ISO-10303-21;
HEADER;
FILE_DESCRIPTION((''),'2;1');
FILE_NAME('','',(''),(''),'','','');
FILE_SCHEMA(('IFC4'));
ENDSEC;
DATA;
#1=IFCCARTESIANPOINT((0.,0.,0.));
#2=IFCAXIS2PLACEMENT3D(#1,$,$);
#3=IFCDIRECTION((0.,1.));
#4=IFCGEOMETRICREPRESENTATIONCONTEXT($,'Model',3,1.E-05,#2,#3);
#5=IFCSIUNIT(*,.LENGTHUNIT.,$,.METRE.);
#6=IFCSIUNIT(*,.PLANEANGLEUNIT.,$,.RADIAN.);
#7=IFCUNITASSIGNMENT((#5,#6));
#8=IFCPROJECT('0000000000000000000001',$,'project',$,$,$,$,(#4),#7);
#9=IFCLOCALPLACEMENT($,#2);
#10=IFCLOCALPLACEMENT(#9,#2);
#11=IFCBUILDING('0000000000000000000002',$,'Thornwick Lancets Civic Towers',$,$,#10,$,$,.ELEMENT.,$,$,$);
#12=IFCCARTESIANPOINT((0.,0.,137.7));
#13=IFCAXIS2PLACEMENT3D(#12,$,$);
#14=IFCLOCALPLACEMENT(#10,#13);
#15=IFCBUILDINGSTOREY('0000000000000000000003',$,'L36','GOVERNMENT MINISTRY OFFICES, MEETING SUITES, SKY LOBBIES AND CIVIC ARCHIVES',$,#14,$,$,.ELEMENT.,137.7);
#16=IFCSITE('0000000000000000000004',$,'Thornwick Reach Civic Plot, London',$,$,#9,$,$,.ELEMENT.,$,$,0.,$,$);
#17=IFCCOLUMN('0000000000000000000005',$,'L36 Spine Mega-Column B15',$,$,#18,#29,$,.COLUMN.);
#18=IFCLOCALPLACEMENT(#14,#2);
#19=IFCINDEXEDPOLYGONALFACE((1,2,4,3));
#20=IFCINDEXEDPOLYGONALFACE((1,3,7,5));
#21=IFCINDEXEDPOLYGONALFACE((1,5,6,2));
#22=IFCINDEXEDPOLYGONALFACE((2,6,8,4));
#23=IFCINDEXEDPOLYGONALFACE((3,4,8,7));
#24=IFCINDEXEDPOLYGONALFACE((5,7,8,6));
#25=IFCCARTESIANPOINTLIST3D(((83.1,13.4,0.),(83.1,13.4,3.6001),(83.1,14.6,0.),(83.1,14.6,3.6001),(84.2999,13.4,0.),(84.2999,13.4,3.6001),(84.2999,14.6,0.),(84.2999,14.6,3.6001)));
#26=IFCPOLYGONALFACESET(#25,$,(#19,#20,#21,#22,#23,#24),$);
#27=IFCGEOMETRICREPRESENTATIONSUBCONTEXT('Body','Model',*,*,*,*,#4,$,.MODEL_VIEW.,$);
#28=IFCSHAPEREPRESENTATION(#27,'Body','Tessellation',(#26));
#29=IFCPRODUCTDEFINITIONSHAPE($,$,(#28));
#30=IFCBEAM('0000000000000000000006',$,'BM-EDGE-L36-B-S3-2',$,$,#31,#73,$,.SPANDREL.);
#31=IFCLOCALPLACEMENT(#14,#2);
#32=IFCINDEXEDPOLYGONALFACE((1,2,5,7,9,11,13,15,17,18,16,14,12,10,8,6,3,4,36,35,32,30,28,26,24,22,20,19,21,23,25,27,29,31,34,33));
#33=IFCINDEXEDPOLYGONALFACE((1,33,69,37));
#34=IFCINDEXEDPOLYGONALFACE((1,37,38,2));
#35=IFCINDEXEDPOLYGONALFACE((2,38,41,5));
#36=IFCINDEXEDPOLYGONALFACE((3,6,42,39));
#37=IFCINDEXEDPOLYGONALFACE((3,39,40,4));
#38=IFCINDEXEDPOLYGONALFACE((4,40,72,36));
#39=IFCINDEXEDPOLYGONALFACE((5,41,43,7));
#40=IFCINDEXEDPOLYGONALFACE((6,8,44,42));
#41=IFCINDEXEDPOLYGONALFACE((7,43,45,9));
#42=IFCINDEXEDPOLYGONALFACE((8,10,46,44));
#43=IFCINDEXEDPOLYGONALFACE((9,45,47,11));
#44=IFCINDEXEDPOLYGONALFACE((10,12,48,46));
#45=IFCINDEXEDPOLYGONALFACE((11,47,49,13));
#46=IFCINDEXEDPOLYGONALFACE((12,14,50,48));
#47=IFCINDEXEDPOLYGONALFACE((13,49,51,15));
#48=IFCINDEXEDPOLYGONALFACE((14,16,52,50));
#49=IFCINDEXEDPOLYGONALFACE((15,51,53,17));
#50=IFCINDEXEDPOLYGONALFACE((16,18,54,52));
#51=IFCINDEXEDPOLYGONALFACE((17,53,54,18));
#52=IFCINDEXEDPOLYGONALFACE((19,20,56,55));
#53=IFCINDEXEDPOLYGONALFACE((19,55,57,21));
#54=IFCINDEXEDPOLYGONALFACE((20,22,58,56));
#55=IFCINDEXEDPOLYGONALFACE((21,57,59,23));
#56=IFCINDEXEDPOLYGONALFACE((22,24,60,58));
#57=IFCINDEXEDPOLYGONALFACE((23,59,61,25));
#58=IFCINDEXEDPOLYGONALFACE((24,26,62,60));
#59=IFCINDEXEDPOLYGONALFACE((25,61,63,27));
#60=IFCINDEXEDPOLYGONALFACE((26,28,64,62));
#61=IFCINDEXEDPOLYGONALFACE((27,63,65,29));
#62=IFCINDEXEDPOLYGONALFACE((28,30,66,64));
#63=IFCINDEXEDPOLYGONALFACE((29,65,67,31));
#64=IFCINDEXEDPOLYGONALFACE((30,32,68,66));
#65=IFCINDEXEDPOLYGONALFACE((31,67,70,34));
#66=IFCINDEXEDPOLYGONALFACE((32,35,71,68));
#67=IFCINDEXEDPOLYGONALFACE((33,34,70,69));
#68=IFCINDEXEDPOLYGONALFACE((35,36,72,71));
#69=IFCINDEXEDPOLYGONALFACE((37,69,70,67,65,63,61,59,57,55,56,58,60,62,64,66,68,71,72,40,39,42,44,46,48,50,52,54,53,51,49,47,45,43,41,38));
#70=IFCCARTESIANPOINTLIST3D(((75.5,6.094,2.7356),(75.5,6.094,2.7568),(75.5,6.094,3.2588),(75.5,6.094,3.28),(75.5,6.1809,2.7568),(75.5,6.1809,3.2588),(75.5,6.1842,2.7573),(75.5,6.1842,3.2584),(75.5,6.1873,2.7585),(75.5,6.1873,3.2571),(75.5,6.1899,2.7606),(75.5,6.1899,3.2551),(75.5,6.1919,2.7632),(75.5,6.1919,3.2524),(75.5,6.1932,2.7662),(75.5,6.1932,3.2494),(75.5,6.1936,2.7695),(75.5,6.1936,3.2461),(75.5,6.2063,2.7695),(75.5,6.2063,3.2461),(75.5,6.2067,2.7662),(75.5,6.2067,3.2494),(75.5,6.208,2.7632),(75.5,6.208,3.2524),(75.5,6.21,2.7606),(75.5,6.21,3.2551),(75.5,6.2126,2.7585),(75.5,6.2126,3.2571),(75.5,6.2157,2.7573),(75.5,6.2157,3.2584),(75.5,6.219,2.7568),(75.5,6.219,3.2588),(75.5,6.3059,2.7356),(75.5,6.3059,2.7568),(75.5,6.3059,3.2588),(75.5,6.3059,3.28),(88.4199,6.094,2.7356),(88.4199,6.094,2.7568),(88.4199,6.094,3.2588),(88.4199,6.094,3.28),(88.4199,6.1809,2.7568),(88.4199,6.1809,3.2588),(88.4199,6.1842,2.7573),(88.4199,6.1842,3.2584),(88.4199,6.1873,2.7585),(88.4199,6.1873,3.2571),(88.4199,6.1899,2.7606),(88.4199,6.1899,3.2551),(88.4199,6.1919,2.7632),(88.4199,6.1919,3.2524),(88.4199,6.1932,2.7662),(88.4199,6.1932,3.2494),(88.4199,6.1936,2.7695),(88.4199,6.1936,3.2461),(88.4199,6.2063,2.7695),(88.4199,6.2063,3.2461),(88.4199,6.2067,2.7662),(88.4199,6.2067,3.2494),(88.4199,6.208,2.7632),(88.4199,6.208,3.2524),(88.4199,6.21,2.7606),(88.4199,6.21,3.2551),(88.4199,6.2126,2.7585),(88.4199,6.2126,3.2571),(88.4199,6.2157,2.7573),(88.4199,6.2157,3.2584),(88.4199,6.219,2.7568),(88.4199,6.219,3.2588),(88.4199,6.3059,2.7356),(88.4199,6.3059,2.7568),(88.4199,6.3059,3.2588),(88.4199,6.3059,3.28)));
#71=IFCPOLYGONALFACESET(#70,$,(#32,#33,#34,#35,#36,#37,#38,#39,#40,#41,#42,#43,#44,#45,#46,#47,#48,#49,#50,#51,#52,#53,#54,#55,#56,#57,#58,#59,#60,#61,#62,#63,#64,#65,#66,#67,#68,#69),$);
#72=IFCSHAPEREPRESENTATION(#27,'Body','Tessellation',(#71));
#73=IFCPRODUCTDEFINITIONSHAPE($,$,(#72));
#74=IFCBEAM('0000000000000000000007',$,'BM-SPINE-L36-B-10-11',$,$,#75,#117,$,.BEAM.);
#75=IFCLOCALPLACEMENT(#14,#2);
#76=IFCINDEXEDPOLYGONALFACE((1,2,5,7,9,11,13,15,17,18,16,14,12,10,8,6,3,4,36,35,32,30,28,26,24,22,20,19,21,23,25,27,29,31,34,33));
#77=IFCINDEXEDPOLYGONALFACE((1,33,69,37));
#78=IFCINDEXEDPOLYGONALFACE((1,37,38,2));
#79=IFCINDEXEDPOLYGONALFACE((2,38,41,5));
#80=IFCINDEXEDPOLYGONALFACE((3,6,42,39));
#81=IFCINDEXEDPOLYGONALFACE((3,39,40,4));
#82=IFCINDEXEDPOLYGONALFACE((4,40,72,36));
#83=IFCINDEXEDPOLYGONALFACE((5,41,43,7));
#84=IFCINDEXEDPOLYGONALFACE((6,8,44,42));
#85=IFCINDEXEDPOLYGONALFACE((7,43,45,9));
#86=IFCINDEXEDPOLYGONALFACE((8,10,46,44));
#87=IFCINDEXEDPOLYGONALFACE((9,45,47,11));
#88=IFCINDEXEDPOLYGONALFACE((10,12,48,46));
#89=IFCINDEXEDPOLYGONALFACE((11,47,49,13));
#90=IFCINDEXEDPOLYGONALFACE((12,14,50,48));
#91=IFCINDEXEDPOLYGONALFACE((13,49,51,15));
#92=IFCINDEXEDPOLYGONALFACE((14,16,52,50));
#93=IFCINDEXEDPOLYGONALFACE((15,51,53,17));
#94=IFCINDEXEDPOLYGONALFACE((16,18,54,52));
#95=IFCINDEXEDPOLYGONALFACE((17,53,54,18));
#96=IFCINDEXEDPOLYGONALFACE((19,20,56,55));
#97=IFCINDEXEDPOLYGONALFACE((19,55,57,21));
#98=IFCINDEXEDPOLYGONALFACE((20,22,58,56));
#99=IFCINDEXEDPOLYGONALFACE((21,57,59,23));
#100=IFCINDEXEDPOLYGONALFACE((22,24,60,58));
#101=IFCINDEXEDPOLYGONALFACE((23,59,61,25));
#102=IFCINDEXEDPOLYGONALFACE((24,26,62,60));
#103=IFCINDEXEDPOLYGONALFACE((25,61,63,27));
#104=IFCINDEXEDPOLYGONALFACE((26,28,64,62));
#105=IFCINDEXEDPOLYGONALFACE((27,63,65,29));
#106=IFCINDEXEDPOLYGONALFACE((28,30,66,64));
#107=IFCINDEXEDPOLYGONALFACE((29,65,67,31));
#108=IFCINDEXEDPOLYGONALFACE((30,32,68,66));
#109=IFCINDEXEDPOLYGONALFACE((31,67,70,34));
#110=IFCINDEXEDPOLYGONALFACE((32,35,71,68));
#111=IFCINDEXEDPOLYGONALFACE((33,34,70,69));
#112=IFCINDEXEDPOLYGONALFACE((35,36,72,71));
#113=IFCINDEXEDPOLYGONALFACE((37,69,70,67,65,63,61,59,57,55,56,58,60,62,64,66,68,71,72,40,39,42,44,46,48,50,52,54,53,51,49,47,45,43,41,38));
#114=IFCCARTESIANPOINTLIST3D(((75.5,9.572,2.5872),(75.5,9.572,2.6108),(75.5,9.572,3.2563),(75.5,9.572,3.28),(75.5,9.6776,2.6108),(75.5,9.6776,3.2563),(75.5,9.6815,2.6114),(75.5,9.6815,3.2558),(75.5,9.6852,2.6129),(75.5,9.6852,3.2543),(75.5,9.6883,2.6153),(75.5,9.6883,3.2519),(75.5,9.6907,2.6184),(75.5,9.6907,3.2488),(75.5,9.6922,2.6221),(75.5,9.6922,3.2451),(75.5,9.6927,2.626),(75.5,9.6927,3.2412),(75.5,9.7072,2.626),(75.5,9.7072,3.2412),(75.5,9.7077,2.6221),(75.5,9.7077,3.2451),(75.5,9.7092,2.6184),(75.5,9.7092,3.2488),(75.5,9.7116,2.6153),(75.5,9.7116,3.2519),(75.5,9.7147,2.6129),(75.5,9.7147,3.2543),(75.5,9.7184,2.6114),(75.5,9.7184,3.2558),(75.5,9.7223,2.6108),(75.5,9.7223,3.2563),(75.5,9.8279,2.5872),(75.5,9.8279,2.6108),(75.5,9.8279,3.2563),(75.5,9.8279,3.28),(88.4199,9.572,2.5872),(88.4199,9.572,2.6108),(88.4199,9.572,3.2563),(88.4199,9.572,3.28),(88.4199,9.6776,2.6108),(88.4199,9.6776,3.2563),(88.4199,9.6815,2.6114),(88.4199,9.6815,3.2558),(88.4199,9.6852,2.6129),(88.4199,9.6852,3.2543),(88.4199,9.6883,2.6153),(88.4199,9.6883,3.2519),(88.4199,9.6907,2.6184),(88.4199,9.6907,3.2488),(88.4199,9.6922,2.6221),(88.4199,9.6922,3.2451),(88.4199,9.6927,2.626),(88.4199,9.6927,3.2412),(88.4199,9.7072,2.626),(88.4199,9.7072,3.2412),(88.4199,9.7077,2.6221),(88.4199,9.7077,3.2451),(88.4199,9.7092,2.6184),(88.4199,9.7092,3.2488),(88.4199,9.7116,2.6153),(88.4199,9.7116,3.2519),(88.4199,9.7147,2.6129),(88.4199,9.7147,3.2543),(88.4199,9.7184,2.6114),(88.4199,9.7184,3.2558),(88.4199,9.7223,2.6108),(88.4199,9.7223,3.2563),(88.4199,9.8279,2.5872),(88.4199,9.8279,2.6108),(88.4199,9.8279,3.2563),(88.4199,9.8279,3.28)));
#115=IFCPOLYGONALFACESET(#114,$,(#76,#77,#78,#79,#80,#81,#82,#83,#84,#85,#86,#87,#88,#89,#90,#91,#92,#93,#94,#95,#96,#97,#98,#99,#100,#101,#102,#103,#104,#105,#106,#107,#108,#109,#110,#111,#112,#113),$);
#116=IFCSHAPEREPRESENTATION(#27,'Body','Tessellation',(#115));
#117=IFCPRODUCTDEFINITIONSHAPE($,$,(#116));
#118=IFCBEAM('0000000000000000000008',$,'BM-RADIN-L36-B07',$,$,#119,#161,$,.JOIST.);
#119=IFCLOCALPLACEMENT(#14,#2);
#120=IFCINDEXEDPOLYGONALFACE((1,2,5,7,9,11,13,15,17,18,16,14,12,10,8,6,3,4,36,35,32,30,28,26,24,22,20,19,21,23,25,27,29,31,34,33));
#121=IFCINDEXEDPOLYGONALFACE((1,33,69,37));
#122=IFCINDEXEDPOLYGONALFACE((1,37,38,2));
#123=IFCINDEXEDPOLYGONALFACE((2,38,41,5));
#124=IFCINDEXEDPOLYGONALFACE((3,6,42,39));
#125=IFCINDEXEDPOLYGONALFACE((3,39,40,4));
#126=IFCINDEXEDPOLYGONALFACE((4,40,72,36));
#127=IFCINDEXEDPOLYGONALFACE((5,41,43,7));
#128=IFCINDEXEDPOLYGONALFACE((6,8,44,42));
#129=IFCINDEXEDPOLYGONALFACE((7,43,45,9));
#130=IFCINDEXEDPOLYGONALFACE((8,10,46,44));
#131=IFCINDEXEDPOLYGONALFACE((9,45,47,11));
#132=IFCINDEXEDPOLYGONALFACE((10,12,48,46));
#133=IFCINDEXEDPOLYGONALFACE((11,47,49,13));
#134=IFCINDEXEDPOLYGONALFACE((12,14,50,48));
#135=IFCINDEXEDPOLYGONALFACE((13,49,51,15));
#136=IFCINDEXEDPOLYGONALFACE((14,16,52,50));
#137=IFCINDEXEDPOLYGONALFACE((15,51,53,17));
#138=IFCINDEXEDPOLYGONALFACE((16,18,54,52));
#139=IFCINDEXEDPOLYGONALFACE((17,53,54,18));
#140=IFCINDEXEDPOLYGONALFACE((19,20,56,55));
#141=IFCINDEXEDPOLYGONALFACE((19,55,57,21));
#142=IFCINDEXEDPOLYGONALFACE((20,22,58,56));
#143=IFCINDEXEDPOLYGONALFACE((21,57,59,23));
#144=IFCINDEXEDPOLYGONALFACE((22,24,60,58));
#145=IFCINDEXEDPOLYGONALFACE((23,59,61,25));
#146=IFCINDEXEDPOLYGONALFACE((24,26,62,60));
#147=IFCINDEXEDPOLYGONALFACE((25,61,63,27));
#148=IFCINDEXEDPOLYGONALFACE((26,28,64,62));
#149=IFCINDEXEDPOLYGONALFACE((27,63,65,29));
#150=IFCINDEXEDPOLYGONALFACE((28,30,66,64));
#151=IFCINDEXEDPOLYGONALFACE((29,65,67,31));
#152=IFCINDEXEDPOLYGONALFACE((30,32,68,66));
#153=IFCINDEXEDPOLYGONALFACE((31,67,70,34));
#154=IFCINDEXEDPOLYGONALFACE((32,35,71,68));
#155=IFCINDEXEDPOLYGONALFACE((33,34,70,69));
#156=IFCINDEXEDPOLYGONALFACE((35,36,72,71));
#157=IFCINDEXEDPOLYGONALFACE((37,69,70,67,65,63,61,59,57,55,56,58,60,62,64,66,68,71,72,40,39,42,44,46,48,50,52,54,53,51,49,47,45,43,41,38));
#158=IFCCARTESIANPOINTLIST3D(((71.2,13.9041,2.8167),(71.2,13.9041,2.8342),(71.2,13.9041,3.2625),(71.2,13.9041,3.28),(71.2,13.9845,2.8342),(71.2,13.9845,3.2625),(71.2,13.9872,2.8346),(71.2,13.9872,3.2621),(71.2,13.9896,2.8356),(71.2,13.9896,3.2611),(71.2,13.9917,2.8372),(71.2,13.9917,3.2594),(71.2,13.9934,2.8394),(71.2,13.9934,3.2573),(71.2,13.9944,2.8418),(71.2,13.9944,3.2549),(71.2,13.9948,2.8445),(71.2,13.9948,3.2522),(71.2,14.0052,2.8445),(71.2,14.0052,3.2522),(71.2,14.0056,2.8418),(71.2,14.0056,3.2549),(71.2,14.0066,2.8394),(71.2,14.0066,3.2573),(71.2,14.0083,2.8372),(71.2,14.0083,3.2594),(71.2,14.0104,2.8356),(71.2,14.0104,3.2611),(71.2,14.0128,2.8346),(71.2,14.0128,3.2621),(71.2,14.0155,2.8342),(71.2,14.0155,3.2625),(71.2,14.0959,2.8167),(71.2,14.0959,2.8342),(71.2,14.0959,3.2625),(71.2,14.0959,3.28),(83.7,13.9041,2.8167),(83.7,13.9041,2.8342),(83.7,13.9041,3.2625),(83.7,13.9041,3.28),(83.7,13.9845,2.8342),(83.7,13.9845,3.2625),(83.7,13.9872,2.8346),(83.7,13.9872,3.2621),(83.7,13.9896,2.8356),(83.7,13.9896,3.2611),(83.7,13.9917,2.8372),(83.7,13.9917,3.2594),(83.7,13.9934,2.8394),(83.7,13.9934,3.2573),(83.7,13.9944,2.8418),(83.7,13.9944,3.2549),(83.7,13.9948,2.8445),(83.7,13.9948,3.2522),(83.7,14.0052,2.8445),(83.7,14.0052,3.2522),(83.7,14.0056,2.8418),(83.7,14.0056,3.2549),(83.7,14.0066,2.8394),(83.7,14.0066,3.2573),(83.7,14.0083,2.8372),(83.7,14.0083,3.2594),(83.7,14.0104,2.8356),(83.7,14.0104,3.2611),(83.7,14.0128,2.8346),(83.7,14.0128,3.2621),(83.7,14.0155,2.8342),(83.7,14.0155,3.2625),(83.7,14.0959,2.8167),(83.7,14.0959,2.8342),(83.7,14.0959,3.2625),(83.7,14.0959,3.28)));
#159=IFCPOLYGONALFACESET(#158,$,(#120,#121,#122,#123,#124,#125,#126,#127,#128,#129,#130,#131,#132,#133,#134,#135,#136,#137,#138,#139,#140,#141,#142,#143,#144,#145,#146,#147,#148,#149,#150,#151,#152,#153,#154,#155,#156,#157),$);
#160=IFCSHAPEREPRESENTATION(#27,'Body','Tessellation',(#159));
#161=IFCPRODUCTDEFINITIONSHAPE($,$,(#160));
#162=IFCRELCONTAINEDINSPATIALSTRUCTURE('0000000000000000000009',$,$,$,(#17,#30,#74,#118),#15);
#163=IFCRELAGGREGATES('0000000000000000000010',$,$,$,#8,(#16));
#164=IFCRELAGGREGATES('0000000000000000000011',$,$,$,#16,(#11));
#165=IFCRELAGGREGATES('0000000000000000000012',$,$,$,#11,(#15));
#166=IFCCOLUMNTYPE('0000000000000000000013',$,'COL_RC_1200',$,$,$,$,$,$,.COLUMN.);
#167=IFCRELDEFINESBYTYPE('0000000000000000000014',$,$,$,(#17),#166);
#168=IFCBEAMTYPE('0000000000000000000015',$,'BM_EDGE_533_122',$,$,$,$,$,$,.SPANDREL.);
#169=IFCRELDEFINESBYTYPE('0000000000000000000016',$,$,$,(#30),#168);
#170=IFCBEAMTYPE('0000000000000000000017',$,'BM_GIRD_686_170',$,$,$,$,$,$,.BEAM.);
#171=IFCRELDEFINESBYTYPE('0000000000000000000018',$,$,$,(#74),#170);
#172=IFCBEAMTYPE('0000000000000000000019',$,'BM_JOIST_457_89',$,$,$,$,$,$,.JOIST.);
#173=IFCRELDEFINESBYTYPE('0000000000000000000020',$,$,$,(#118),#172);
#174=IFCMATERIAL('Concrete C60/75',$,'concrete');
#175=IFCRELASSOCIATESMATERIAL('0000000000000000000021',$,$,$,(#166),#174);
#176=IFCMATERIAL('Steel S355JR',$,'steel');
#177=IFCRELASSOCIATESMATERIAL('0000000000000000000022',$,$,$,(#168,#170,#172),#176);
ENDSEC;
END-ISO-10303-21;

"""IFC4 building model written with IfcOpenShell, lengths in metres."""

from ifc_helpers import new_model, si_unit, direction, frame, origin, origin_2d, place, context, subcontext, project, spatial, rectangle, i_section, extrude, material, material_profile, profile_set, type_object, element, save


model = new_model("IFC4")

# Units and contexts
model_context = context("Model", 3, precision=1e-05, world=origin(), true_north=direction((0.0, 1.0)))
body_context = subcontext(model_context, "Body", "Model", "MODEL_VIEW")
ifc_project = project(units=[si_unit("LENGTHUNIT", "METRE"), si_unit("PLANEANGLEUNIT", "RADIAN")], contexts=[model_context])

# Site, building, storey
site_placement = place(None, origin())
site = spatial("IfcSite", under=ifc_project, at=site_placement, Name="Thornwick Reach Civic Plot, London", CompositionType="ELEMENT", RefElevation=0.0)
building_placement = place(site_placement, origin())
building = spatial("IfcBuilding", under=site, at=building_placement, Name="Thornwick Lancets Civic Towers", CompositionType="ELEMENT")
storey_placement = place(building_placement, frame((0.0, 0.0, 137.7)))
storey = spatial("IfcBuildingStorey", under=building, at=storey_placement, Name="L36", Description="GOVERNMENT MINISTRY OFFICES, MEETING SUITES, SKY LOBBIES AND CIVIC ARCHIVES", CompositionType="ELEMENT", Elevation=137.7)

# Column
ifc_material_1 = material(Name="Concrete C60/75", Category="concrete")
ifc_material_profile_1 = material_profile(ifc_material_1, rectangle(XDim=1.2, YDim=1.2, at=origin_2d()), Name="RC 1200x1200")
ifc_profile_set_1 = profile_set([ifc_material_profile_1], Name="Concrete C60/75")
column_type = type_object("IfcColumnType", Name="COL_RC_1200", PredefinedType="COLUMN", material=ifc_profile_set_1)
column_placement = place(storey_placement, frame((83.7, 14.0, 0.0), z_axis=(0.0, 0.0, 1.0), x_axis=(1.0, 0.0, 0.0)))
element("IfcColumn", 1, at=column_placement, inside=storey, type_object=column_type, Name="L36 Spine Mega-Column B15", PredefinedType="COLUMN", context=body_context, shape_type="SweptSolid", body=[
    extrude(rectangle(XDim=1.2, YDim=1.2, at=origin_2d()), origin(), (0.0, 0.0, 1.0), 3.6001),
])

# Beams
ifc_material_2 = material(Name="Steel S355JR", Category="steel")
ifc_material_profile_2 = material_profile(ifc_material_2, i_section(OverallWidth=0.2119, OverallDepth=0.5444, WebThickness=0.0127, FlangeThickness=0.0212, FilletRadius=0.0127, at=origin_2d()), Name="UKB 533x210x122")
ifc_profile_set_2 = profile_set([ifc_material_profile_2], Name="Steel S355JR")
beam_type_1 = type_object("IfcBeamType", Name="BM_EDGE_533_122", PredefinedType="SPANDREL", material=ifc_profile_set_2)
beam_1_placement = place(storey_placement, frame((88.4199, 6.2, 3.0078), z_axis=(-1.0, 0.0, 0.0), x_axis=(0.0, -1.0, 0.0)))
element("IfcBeam", 2, at=beam_1_placement, inside=storey, type_object=beam_type_1, Name="BM-EDGE-L36-B-S3-2", PredefinedType="SPANDREL", context=body_context, shape_type="SweptSolid", body=[
    extrude(i_section(OverallWidth=0.2119, OverallDepth=0.5444, WebThickness=0.0127, FlangeThickness=0.0212, FilletRadius=0.0127, at=origin_2d()), origin(), (0.0, 0.0, 1.0), 12.9199),
])
ifc_material_profile_3 = material_profile(ifc_material_2, i_section(OverallWidth=0.2559, OverallDepth=0.6929, WebThickness=0.0144, FlangeThickness=0.0237, FilletRadius=0.0151, at=origin_2d()), Name="UKB 686x254x170")
ifc_profile_set_3 = profile_set([ifc_material_profile_3], Name="Steel S355JR")
beam_type_2 = type_object("IfcBeamType", Name="BM_GIRD_686_170", PredefinedType="BEAM", material=ifc_profile_set_3)
beam_2_placement = place(storey_placement, frame((88.4199, 9.7, 2.9336), z_axis=(-1.0, 0.0, 0.0), x_axis=(0.0, -1.0, 0.0)))
element("IfcBeam", 3, at=beam_2_placement, inside=storey, type_object=beam_type_2, Name="BM-SPINE-L36-B-10-11", PredefinedType="BEAM", context=body_context, shape_type="SweptSolid", body=[
    extrude(i_section(OverallWidth=0.2559, OverallDepth=0.6929, WebThickness=0.0144, FlangeThickness=0.0237, FilletRadius=0.0151, at=origin_2d()), origin(), (0.0, 0.0, 1.0), 12.9199),
])
ifc_material_profile_4 = material_profile(ifc_material_2, i_section(OverallWidth=0.1919, OverallDepth=0.4634, WebThickness=0.0105, FlangeThickness=0.0176, FilletRadius=0.0103, at=origin_2d()), Name="UKB 457x191x89")
ifc_profile_set_4 = profile_set([ifc_material_profile_4], Name="Steel S355JR")
beam_type_3 = type_object("IfcBeamType", Name="BM_JOIST_457_89", PredefinedType="JOIST", material=ifc_profile_set_4)
beam_3_placement = place(storey_placement, frame((83.7, 14.0, 3.0483), z_axis=(-1.0, 0.0, 0.0), x_axis=(0.0, -1.0, 0.0)))
element("IfcBeam", 4, at=beam_3_placement, inside=storey, type_object=beam_type_3, Name="BM-RADIN-L36-B07", PredefinedType="JOIST", context=body_context, shape_type="SweptSolid", body=[
    extrude(i_section(OverallWidth=0.1919, OverallDepth=0.4634, WebThickness=0.0105, FlangeThickness=0.0176, FilletRadius=0.0103, at=origin_2d()), origin(), (0.0, 0.0, 1.0), 12.5),
])

save(model, "model.ifc")
